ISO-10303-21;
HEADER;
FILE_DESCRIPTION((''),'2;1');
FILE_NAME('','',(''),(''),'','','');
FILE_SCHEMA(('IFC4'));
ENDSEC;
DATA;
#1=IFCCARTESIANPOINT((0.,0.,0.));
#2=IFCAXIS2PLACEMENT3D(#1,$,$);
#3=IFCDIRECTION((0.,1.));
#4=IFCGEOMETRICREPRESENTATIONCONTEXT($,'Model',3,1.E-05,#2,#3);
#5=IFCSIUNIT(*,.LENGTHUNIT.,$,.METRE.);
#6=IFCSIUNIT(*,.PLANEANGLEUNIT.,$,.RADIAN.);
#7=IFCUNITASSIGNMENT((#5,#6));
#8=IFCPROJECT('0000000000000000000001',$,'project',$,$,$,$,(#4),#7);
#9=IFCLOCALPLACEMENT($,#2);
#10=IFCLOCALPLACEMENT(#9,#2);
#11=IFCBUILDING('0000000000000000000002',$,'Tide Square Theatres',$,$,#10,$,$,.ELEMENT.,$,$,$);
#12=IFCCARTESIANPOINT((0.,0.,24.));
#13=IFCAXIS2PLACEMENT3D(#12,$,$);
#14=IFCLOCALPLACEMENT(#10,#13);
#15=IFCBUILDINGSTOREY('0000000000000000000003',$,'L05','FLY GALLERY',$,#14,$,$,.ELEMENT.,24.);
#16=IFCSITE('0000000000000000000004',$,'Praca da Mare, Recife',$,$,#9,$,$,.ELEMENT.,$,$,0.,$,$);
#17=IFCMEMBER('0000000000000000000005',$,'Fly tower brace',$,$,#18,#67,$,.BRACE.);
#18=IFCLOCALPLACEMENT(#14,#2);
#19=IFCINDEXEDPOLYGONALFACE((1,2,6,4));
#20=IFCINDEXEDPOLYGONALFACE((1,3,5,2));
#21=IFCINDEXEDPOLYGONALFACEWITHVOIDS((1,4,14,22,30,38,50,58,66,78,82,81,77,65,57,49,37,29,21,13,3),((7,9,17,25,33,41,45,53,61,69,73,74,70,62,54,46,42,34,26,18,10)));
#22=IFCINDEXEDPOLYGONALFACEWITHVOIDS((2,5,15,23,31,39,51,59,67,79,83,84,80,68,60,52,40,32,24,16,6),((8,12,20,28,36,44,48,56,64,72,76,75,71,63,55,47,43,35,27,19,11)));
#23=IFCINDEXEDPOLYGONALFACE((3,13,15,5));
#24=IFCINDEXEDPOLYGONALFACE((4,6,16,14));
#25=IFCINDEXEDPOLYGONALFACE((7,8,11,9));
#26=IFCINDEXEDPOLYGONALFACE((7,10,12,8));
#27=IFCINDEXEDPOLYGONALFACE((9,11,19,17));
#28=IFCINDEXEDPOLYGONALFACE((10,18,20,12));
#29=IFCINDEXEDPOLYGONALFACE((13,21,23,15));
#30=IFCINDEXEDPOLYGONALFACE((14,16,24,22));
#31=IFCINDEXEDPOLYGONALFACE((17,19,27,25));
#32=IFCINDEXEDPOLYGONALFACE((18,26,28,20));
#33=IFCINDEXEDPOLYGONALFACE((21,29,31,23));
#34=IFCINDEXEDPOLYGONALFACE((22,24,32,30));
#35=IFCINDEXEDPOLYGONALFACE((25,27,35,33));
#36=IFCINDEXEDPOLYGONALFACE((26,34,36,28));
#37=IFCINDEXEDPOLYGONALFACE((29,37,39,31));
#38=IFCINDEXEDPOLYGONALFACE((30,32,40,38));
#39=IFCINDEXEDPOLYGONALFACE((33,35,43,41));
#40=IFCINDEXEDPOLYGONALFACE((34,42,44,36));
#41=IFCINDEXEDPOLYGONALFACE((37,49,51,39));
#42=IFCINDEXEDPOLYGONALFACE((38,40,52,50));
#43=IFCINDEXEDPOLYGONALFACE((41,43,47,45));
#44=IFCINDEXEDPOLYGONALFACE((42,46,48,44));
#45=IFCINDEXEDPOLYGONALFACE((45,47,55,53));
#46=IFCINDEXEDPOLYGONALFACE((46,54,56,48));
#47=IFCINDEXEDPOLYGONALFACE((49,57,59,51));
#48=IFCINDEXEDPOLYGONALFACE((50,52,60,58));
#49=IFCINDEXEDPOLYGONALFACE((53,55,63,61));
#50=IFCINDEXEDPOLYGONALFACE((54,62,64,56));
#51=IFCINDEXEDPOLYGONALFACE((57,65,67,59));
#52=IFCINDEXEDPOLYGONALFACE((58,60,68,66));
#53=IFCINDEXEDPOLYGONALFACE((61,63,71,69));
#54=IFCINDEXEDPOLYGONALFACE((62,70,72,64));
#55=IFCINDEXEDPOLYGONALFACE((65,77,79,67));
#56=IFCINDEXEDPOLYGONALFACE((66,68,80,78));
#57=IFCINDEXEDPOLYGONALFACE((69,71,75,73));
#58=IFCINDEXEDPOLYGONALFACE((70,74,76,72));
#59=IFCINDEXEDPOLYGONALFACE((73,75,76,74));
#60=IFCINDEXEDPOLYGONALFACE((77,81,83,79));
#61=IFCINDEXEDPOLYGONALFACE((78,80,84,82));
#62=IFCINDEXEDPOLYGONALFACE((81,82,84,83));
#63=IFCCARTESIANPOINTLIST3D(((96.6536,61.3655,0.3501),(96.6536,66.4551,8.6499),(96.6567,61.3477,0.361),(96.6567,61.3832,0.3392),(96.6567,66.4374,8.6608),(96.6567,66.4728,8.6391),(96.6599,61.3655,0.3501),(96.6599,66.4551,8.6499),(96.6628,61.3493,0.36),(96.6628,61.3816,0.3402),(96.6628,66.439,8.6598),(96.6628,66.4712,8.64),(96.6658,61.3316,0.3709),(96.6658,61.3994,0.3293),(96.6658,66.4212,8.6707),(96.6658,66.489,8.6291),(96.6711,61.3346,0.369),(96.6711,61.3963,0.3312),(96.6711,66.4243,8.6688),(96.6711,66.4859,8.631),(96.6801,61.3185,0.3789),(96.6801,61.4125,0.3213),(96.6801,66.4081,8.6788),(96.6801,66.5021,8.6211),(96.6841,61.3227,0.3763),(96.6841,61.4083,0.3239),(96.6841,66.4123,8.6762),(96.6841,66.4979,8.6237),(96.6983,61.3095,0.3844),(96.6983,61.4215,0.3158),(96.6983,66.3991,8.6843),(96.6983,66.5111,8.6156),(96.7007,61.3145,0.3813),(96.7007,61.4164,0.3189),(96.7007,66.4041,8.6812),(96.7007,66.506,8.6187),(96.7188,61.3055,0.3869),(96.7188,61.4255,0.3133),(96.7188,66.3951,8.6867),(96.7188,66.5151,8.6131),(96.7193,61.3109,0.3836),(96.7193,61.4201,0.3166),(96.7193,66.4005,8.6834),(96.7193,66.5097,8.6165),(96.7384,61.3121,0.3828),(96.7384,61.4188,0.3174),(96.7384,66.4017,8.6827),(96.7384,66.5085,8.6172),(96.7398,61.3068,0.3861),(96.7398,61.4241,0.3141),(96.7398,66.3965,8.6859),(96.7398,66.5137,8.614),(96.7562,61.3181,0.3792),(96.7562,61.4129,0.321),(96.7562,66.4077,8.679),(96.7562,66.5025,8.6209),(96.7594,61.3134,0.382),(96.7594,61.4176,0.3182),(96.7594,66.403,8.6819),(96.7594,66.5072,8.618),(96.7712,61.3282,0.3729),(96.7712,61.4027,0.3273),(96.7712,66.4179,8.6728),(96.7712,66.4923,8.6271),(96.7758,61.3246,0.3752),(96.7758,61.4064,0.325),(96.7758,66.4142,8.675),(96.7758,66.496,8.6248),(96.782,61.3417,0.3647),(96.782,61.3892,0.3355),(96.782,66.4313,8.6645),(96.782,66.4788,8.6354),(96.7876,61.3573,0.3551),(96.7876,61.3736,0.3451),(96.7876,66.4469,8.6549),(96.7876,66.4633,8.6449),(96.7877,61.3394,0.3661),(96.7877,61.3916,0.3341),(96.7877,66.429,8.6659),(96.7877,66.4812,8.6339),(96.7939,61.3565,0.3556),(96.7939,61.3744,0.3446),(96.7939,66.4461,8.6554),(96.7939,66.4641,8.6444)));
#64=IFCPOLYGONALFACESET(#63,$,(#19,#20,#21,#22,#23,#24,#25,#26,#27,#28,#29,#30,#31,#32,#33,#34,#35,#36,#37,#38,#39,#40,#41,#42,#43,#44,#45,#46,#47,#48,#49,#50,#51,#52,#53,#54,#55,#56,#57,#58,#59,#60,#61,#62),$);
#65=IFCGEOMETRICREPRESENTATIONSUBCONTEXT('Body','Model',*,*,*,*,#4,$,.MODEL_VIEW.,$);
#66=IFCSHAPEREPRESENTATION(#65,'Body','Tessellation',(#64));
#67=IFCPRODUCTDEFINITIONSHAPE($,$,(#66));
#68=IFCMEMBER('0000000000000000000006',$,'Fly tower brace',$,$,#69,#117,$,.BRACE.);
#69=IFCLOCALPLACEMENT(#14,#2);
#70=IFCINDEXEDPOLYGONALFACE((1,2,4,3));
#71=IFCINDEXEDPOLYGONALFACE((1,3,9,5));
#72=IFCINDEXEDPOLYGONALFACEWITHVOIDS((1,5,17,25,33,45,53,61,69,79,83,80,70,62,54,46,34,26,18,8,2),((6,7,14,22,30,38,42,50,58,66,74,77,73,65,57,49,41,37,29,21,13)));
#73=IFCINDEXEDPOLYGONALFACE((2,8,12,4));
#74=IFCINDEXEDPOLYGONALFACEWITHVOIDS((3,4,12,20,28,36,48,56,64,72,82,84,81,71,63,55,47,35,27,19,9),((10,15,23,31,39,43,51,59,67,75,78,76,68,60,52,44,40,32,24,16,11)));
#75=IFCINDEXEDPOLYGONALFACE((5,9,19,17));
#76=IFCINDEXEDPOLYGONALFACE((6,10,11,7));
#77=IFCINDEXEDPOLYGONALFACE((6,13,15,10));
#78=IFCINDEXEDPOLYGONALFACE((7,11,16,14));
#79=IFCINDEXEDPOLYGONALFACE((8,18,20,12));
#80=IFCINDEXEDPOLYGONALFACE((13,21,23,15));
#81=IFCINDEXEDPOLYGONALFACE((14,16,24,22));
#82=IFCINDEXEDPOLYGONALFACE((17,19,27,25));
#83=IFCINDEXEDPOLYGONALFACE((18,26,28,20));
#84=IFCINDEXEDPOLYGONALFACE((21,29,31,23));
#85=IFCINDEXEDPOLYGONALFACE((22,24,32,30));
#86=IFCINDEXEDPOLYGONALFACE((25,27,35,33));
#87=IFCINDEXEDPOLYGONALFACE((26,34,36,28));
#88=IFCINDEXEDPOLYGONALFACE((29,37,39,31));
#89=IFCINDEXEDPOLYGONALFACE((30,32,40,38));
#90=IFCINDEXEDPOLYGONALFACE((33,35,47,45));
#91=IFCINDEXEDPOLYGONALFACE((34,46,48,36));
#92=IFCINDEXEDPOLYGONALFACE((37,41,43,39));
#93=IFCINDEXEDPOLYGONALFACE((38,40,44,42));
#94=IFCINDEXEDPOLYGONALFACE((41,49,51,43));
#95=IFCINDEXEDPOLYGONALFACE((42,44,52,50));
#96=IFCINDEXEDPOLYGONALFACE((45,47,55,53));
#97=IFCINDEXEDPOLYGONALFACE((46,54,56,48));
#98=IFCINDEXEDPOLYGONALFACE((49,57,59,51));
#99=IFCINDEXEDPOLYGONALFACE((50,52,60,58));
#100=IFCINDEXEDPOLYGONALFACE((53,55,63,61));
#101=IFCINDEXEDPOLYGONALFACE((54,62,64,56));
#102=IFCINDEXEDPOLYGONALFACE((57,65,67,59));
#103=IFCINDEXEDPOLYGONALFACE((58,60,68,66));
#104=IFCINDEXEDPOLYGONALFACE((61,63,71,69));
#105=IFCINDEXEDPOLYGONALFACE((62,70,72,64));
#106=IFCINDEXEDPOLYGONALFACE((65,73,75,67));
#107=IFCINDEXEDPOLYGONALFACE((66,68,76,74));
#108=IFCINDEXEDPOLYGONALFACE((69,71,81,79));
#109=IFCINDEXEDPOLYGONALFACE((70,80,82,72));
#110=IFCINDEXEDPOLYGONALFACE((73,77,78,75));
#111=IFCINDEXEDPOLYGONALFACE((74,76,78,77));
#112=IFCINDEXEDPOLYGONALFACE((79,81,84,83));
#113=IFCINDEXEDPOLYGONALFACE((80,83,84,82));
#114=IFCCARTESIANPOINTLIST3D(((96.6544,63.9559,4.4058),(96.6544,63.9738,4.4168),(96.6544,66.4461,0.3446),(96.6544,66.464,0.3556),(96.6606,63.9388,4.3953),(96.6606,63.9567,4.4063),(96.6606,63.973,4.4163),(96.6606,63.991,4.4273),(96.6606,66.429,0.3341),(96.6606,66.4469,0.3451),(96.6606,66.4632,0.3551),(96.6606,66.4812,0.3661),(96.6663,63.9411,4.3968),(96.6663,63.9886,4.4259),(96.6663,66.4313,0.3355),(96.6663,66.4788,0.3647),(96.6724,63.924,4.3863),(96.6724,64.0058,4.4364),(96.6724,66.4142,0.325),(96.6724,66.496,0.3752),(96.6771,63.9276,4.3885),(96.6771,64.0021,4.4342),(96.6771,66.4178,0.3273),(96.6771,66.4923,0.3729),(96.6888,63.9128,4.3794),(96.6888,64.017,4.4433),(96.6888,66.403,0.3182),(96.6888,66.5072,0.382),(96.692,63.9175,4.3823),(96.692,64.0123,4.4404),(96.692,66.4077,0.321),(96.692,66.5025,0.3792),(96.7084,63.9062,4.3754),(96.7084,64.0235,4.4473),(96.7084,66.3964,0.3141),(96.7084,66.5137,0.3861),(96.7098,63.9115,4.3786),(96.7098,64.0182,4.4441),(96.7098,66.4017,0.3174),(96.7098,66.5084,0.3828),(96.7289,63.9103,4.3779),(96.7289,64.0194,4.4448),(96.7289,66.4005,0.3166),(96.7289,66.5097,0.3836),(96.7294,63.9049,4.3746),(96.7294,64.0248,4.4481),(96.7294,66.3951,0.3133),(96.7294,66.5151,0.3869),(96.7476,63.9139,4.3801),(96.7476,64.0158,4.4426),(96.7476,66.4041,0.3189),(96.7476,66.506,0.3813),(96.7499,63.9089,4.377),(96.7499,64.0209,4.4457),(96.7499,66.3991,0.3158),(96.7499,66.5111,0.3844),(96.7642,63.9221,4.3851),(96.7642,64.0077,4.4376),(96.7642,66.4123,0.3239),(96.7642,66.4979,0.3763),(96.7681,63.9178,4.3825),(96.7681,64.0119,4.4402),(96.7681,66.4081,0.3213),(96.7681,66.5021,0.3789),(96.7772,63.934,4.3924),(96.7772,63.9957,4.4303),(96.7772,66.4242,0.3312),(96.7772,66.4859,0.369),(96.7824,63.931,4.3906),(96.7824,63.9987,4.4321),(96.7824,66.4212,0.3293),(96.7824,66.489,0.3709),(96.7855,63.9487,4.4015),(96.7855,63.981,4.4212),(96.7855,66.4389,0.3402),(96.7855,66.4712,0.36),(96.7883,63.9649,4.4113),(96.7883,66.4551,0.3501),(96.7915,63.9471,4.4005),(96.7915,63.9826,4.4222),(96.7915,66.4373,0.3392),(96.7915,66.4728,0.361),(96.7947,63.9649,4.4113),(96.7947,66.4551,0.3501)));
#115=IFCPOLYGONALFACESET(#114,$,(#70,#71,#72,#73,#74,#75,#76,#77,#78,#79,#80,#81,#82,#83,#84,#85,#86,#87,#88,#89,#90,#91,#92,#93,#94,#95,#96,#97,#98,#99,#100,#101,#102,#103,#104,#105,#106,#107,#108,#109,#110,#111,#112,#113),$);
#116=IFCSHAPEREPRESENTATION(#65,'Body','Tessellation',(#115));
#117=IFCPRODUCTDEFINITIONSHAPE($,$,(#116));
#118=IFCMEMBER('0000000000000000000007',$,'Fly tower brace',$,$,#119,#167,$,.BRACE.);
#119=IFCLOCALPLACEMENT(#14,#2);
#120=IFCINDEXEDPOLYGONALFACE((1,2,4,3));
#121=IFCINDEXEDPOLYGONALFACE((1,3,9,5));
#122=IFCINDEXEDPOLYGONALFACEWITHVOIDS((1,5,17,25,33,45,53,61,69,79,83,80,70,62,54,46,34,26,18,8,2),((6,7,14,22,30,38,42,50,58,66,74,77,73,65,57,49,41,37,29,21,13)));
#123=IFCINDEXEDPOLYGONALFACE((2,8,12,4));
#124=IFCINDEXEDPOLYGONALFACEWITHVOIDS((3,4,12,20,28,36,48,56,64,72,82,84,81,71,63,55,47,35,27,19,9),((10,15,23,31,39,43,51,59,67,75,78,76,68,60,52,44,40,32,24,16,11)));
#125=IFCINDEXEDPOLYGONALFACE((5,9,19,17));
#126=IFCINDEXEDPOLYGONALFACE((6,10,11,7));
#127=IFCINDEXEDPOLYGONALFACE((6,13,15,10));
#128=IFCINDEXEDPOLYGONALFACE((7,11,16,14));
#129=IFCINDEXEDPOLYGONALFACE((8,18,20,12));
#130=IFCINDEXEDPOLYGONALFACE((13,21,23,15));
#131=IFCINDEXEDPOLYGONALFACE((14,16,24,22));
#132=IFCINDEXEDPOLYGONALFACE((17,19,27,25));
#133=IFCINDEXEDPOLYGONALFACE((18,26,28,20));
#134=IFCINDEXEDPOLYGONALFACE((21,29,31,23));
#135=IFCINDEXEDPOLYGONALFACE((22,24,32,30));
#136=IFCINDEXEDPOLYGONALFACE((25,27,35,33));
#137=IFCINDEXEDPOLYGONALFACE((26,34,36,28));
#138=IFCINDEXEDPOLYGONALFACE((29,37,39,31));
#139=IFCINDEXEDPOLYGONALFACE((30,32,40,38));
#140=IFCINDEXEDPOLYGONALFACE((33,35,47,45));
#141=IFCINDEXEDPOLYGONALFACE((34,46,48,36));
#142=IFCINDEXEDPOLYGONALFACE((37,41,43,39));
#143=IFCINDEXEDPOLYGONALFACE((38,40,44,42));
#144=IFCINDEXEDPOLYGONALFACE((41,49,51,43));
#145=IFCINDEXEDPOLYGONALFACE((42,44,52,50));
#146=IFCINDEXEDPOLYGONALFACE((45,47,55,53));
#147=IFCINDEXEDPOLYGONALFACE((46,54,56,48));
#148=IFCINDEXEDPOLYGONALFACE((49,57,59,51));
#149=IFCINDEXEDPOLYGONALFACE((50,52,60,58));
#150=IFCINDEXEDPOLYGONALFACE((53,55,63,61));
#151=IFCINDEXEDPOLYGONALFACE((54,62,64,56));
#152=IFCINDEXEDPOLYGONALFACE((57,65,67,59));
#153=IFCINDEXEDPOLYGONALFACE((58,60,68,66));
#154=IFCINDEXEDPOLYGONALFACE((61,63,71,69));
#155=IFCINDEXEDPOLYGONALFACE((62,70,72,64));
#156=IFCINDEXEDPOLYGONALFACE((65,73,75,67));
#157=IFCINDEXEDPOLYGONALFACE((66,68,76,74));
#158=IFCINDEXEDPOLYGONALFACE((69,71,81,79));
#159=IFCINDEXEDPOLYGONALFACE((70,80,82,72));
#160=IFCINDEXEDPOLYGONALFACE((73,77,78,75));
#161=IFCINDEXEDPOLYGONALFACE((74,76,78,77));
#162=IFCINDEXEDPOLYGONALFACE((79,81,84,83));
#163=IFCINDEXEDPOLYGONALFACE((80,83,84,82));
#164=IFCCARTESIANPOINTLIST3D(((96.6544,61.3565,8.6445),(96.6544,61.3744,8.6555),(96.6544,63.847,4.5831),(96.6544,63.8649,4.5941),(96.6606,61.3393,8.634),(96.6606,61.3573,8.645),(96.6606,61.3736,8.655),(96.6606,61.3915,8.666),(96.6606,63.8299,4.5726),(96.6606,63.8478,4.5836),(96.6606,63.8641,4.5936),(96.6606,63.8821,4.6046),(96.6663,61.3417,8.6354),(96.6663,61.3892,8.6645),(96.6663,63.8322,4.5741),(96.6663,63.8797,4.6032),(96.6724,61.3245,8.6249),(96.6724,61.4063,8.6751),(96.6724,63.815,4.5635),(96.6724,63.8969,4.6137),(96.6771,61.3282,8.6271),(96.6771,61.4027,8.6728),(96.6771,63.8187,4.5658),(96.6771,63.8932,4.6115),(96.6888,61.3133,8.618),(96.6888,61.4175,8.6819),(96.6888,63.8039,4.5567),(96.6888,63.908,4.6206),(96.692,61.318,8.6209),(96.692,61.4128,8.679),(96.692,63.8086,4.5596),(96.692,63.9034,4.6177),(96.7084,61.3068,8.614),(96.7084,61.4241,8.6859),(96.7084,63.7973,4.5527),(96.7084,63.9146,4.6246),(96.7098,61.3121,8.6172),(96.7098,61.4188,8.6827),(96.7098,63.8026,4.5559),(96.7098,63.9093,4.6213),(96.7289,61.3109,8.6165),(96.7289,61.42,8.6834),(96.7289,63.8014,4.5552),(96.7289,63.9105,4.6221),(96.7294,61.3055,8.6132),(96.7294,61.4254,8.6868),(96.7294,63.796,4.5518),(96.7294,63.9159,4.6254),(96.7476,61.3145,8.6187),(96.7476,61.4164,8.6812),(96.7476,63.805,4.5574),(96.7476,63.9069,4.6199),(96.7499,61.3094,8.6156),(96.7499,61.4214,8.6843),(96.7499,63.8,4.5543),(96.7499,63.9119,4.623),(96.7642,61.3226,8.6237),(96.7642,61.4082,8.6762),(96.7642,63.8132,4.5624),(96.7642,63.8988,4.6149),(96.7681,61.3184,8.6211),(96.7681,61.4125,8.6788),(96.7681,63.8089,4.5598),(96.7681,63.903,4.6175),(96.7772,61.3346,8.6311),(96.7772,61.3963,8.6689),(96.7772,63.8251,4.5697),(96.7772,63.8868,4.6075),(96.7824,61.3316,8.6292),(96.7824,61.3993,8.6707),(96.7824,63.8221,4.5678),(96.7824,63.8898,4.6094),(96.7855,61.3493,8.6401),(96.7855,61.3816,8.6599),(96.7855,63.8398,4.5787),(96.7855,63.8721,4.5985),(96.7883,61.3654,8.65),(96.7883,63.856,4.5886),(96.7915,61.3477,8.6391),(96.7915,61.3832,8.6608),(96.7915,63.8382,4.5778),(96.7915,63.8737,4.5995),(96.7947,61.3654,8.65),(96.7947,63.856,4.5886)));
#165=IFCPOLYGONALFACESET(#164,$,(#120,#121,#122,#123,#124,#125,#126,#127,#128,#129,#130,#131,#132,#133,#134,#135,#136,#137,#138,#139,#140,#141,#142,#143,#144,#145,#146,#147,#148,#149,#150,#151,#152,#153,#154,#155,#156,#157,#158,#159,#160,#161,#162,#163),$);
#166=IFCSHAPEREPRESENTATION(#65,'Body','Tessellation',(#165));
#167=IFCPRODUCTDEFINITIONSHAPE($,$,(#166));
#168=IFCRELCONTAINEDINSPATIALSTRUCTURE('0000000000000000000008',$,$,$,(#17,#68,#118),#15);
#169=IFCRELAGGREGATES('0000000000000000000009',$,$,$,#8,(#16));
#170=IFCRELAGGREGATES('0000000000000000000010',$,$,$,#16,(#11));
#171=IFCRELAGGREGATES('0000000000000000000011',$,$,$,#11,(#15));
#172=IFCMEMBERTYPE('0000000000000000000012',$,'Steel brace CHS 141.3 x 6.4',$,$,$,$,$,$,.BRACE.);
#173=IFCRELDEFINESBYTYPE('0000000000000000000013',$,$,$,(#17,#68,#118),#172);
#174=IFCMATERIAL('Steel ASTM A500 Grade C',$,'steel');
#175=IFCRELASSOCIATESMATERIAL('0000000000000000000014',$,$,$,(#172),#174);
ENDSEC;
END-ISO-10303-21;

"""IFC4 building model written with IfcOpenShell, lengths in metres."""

from ifc_helpers import new_model, si_unit, direction, frame, origin, origin_2d, place, context, subcontext, project, spatial, hollow_circle, extrude, material, material_profile, profile_set, type_object, element, save


model = new_model("IFC4")

# Units and contexts
model_context = context("Model", 3, precision=1e-05, world=origin(), true_north=direction((0.0, 1.0)))
body_context = subcontext(model_context, "Body", "Model", "MODEL_VIEW")
ifc_project = project(units=[si_unit("LENGTHUNIT", "METRE"), si_unit("PLANEANGLEUNIT", "RADIAN")], contexts=[model_context])

# Site, building, storey
site_placement = place(None, origin())
site = spatial("IfcSite", under=ifc_project, at=site_placement, Name="Praca da Mare, Recife", CompositionType="ELEMENT", RefElevation=0.0)
building_placement = place(site_placement, origin())
building = spatial("IfcBuilding", under=site, at=building_placement, Name="Tide Square Theatres", CompositionType="ELEMENT")
storey_placement = place(building_placement, frame((0.0, 0.0, 24.0)))
storey = spatial("IfcBuildingStorey", under=building, at=storey_placement, Name="L05", Description="FLY GALLERY", CompositionType="ELEMENT", Elevation=24.0)

# Members
ifc_material_1 = material(Name="Steel ASTM A500 Grade C", Category="steel")
ifc_material_profile_1 = material_profile(ifc_material_1, hollow_circle(Radius=0.0706, WallThickness=0.0063, at=origin_2d()))
ifc_profile_set_1 = profile_set([ifc_material_profile_1], Name="Steel ASTM A500 Grade C")
member_type = type_object("IfcMemberType", Name="Steel brace CHS 141.3 x 6.4", PredefinedType="BRACE", material=ifc_profile_set_1)
member_1_placement = place(storey_placement, frame((96.7241, 61.3655, 0.3501), z_axis=(0.0, 0.522758, 0.852481), x_axis=(-1.0, 0.0, 0.0)))
element("IfcMember", 1, at=member_1_placement, inside=storey, type_object=member_type, Name="Fly tower brace", PredefinedType="BRACE", context=body_context, shape_type="SweptSolid", body=[
    extrude(hollow_circle(Radius=0.0706, WallThickness=0.0063, at=origin_2d()), origin(), (0.0, 0.0, 1.0), 9.7361),
])
member_2_placement = place(storey_placement, frame((96.7241, 66.4551, 0.3501), z_axis=(0.0, -0.522724, 0.852502), x_axis=(1.0, 0.0, 0.0)))
element("IfcMember", 2, at=member_2_placement, inside=storey, type_object=member_type, Name="Fly tower brace", PredefinedType="BRACE", context=body_context, shape_type="SweptSolid", body=[
    extrude(hollow_circle(Radius=0.0706, WallThickness=0.0063, at=origin_2d()), origin(), (0.0, 0.0, 1.0), 4.7639),
])
member_3_placement = place(storey_placement, frame((96.7241, 63.856, 4.5886), z_axis=(0.0, -0.522762, 0.852479), x_axis=(1.0, 0.0, 0.0)))
element("IfcMember", 3, at=member_3_placement, inside=storey, type_object=member_type, Name="Fly tower brace", PredefinedType="BRACE", context=body_context, shape_type="SweptSolid", body=[
    extrude(hollow_circle(Radius=0.0706, WallThickness=0.0063, at=origin_2d()), origin(), (0.0, 0.0, 1.0), 4.7642),
])

save(model, "model.ifc")
